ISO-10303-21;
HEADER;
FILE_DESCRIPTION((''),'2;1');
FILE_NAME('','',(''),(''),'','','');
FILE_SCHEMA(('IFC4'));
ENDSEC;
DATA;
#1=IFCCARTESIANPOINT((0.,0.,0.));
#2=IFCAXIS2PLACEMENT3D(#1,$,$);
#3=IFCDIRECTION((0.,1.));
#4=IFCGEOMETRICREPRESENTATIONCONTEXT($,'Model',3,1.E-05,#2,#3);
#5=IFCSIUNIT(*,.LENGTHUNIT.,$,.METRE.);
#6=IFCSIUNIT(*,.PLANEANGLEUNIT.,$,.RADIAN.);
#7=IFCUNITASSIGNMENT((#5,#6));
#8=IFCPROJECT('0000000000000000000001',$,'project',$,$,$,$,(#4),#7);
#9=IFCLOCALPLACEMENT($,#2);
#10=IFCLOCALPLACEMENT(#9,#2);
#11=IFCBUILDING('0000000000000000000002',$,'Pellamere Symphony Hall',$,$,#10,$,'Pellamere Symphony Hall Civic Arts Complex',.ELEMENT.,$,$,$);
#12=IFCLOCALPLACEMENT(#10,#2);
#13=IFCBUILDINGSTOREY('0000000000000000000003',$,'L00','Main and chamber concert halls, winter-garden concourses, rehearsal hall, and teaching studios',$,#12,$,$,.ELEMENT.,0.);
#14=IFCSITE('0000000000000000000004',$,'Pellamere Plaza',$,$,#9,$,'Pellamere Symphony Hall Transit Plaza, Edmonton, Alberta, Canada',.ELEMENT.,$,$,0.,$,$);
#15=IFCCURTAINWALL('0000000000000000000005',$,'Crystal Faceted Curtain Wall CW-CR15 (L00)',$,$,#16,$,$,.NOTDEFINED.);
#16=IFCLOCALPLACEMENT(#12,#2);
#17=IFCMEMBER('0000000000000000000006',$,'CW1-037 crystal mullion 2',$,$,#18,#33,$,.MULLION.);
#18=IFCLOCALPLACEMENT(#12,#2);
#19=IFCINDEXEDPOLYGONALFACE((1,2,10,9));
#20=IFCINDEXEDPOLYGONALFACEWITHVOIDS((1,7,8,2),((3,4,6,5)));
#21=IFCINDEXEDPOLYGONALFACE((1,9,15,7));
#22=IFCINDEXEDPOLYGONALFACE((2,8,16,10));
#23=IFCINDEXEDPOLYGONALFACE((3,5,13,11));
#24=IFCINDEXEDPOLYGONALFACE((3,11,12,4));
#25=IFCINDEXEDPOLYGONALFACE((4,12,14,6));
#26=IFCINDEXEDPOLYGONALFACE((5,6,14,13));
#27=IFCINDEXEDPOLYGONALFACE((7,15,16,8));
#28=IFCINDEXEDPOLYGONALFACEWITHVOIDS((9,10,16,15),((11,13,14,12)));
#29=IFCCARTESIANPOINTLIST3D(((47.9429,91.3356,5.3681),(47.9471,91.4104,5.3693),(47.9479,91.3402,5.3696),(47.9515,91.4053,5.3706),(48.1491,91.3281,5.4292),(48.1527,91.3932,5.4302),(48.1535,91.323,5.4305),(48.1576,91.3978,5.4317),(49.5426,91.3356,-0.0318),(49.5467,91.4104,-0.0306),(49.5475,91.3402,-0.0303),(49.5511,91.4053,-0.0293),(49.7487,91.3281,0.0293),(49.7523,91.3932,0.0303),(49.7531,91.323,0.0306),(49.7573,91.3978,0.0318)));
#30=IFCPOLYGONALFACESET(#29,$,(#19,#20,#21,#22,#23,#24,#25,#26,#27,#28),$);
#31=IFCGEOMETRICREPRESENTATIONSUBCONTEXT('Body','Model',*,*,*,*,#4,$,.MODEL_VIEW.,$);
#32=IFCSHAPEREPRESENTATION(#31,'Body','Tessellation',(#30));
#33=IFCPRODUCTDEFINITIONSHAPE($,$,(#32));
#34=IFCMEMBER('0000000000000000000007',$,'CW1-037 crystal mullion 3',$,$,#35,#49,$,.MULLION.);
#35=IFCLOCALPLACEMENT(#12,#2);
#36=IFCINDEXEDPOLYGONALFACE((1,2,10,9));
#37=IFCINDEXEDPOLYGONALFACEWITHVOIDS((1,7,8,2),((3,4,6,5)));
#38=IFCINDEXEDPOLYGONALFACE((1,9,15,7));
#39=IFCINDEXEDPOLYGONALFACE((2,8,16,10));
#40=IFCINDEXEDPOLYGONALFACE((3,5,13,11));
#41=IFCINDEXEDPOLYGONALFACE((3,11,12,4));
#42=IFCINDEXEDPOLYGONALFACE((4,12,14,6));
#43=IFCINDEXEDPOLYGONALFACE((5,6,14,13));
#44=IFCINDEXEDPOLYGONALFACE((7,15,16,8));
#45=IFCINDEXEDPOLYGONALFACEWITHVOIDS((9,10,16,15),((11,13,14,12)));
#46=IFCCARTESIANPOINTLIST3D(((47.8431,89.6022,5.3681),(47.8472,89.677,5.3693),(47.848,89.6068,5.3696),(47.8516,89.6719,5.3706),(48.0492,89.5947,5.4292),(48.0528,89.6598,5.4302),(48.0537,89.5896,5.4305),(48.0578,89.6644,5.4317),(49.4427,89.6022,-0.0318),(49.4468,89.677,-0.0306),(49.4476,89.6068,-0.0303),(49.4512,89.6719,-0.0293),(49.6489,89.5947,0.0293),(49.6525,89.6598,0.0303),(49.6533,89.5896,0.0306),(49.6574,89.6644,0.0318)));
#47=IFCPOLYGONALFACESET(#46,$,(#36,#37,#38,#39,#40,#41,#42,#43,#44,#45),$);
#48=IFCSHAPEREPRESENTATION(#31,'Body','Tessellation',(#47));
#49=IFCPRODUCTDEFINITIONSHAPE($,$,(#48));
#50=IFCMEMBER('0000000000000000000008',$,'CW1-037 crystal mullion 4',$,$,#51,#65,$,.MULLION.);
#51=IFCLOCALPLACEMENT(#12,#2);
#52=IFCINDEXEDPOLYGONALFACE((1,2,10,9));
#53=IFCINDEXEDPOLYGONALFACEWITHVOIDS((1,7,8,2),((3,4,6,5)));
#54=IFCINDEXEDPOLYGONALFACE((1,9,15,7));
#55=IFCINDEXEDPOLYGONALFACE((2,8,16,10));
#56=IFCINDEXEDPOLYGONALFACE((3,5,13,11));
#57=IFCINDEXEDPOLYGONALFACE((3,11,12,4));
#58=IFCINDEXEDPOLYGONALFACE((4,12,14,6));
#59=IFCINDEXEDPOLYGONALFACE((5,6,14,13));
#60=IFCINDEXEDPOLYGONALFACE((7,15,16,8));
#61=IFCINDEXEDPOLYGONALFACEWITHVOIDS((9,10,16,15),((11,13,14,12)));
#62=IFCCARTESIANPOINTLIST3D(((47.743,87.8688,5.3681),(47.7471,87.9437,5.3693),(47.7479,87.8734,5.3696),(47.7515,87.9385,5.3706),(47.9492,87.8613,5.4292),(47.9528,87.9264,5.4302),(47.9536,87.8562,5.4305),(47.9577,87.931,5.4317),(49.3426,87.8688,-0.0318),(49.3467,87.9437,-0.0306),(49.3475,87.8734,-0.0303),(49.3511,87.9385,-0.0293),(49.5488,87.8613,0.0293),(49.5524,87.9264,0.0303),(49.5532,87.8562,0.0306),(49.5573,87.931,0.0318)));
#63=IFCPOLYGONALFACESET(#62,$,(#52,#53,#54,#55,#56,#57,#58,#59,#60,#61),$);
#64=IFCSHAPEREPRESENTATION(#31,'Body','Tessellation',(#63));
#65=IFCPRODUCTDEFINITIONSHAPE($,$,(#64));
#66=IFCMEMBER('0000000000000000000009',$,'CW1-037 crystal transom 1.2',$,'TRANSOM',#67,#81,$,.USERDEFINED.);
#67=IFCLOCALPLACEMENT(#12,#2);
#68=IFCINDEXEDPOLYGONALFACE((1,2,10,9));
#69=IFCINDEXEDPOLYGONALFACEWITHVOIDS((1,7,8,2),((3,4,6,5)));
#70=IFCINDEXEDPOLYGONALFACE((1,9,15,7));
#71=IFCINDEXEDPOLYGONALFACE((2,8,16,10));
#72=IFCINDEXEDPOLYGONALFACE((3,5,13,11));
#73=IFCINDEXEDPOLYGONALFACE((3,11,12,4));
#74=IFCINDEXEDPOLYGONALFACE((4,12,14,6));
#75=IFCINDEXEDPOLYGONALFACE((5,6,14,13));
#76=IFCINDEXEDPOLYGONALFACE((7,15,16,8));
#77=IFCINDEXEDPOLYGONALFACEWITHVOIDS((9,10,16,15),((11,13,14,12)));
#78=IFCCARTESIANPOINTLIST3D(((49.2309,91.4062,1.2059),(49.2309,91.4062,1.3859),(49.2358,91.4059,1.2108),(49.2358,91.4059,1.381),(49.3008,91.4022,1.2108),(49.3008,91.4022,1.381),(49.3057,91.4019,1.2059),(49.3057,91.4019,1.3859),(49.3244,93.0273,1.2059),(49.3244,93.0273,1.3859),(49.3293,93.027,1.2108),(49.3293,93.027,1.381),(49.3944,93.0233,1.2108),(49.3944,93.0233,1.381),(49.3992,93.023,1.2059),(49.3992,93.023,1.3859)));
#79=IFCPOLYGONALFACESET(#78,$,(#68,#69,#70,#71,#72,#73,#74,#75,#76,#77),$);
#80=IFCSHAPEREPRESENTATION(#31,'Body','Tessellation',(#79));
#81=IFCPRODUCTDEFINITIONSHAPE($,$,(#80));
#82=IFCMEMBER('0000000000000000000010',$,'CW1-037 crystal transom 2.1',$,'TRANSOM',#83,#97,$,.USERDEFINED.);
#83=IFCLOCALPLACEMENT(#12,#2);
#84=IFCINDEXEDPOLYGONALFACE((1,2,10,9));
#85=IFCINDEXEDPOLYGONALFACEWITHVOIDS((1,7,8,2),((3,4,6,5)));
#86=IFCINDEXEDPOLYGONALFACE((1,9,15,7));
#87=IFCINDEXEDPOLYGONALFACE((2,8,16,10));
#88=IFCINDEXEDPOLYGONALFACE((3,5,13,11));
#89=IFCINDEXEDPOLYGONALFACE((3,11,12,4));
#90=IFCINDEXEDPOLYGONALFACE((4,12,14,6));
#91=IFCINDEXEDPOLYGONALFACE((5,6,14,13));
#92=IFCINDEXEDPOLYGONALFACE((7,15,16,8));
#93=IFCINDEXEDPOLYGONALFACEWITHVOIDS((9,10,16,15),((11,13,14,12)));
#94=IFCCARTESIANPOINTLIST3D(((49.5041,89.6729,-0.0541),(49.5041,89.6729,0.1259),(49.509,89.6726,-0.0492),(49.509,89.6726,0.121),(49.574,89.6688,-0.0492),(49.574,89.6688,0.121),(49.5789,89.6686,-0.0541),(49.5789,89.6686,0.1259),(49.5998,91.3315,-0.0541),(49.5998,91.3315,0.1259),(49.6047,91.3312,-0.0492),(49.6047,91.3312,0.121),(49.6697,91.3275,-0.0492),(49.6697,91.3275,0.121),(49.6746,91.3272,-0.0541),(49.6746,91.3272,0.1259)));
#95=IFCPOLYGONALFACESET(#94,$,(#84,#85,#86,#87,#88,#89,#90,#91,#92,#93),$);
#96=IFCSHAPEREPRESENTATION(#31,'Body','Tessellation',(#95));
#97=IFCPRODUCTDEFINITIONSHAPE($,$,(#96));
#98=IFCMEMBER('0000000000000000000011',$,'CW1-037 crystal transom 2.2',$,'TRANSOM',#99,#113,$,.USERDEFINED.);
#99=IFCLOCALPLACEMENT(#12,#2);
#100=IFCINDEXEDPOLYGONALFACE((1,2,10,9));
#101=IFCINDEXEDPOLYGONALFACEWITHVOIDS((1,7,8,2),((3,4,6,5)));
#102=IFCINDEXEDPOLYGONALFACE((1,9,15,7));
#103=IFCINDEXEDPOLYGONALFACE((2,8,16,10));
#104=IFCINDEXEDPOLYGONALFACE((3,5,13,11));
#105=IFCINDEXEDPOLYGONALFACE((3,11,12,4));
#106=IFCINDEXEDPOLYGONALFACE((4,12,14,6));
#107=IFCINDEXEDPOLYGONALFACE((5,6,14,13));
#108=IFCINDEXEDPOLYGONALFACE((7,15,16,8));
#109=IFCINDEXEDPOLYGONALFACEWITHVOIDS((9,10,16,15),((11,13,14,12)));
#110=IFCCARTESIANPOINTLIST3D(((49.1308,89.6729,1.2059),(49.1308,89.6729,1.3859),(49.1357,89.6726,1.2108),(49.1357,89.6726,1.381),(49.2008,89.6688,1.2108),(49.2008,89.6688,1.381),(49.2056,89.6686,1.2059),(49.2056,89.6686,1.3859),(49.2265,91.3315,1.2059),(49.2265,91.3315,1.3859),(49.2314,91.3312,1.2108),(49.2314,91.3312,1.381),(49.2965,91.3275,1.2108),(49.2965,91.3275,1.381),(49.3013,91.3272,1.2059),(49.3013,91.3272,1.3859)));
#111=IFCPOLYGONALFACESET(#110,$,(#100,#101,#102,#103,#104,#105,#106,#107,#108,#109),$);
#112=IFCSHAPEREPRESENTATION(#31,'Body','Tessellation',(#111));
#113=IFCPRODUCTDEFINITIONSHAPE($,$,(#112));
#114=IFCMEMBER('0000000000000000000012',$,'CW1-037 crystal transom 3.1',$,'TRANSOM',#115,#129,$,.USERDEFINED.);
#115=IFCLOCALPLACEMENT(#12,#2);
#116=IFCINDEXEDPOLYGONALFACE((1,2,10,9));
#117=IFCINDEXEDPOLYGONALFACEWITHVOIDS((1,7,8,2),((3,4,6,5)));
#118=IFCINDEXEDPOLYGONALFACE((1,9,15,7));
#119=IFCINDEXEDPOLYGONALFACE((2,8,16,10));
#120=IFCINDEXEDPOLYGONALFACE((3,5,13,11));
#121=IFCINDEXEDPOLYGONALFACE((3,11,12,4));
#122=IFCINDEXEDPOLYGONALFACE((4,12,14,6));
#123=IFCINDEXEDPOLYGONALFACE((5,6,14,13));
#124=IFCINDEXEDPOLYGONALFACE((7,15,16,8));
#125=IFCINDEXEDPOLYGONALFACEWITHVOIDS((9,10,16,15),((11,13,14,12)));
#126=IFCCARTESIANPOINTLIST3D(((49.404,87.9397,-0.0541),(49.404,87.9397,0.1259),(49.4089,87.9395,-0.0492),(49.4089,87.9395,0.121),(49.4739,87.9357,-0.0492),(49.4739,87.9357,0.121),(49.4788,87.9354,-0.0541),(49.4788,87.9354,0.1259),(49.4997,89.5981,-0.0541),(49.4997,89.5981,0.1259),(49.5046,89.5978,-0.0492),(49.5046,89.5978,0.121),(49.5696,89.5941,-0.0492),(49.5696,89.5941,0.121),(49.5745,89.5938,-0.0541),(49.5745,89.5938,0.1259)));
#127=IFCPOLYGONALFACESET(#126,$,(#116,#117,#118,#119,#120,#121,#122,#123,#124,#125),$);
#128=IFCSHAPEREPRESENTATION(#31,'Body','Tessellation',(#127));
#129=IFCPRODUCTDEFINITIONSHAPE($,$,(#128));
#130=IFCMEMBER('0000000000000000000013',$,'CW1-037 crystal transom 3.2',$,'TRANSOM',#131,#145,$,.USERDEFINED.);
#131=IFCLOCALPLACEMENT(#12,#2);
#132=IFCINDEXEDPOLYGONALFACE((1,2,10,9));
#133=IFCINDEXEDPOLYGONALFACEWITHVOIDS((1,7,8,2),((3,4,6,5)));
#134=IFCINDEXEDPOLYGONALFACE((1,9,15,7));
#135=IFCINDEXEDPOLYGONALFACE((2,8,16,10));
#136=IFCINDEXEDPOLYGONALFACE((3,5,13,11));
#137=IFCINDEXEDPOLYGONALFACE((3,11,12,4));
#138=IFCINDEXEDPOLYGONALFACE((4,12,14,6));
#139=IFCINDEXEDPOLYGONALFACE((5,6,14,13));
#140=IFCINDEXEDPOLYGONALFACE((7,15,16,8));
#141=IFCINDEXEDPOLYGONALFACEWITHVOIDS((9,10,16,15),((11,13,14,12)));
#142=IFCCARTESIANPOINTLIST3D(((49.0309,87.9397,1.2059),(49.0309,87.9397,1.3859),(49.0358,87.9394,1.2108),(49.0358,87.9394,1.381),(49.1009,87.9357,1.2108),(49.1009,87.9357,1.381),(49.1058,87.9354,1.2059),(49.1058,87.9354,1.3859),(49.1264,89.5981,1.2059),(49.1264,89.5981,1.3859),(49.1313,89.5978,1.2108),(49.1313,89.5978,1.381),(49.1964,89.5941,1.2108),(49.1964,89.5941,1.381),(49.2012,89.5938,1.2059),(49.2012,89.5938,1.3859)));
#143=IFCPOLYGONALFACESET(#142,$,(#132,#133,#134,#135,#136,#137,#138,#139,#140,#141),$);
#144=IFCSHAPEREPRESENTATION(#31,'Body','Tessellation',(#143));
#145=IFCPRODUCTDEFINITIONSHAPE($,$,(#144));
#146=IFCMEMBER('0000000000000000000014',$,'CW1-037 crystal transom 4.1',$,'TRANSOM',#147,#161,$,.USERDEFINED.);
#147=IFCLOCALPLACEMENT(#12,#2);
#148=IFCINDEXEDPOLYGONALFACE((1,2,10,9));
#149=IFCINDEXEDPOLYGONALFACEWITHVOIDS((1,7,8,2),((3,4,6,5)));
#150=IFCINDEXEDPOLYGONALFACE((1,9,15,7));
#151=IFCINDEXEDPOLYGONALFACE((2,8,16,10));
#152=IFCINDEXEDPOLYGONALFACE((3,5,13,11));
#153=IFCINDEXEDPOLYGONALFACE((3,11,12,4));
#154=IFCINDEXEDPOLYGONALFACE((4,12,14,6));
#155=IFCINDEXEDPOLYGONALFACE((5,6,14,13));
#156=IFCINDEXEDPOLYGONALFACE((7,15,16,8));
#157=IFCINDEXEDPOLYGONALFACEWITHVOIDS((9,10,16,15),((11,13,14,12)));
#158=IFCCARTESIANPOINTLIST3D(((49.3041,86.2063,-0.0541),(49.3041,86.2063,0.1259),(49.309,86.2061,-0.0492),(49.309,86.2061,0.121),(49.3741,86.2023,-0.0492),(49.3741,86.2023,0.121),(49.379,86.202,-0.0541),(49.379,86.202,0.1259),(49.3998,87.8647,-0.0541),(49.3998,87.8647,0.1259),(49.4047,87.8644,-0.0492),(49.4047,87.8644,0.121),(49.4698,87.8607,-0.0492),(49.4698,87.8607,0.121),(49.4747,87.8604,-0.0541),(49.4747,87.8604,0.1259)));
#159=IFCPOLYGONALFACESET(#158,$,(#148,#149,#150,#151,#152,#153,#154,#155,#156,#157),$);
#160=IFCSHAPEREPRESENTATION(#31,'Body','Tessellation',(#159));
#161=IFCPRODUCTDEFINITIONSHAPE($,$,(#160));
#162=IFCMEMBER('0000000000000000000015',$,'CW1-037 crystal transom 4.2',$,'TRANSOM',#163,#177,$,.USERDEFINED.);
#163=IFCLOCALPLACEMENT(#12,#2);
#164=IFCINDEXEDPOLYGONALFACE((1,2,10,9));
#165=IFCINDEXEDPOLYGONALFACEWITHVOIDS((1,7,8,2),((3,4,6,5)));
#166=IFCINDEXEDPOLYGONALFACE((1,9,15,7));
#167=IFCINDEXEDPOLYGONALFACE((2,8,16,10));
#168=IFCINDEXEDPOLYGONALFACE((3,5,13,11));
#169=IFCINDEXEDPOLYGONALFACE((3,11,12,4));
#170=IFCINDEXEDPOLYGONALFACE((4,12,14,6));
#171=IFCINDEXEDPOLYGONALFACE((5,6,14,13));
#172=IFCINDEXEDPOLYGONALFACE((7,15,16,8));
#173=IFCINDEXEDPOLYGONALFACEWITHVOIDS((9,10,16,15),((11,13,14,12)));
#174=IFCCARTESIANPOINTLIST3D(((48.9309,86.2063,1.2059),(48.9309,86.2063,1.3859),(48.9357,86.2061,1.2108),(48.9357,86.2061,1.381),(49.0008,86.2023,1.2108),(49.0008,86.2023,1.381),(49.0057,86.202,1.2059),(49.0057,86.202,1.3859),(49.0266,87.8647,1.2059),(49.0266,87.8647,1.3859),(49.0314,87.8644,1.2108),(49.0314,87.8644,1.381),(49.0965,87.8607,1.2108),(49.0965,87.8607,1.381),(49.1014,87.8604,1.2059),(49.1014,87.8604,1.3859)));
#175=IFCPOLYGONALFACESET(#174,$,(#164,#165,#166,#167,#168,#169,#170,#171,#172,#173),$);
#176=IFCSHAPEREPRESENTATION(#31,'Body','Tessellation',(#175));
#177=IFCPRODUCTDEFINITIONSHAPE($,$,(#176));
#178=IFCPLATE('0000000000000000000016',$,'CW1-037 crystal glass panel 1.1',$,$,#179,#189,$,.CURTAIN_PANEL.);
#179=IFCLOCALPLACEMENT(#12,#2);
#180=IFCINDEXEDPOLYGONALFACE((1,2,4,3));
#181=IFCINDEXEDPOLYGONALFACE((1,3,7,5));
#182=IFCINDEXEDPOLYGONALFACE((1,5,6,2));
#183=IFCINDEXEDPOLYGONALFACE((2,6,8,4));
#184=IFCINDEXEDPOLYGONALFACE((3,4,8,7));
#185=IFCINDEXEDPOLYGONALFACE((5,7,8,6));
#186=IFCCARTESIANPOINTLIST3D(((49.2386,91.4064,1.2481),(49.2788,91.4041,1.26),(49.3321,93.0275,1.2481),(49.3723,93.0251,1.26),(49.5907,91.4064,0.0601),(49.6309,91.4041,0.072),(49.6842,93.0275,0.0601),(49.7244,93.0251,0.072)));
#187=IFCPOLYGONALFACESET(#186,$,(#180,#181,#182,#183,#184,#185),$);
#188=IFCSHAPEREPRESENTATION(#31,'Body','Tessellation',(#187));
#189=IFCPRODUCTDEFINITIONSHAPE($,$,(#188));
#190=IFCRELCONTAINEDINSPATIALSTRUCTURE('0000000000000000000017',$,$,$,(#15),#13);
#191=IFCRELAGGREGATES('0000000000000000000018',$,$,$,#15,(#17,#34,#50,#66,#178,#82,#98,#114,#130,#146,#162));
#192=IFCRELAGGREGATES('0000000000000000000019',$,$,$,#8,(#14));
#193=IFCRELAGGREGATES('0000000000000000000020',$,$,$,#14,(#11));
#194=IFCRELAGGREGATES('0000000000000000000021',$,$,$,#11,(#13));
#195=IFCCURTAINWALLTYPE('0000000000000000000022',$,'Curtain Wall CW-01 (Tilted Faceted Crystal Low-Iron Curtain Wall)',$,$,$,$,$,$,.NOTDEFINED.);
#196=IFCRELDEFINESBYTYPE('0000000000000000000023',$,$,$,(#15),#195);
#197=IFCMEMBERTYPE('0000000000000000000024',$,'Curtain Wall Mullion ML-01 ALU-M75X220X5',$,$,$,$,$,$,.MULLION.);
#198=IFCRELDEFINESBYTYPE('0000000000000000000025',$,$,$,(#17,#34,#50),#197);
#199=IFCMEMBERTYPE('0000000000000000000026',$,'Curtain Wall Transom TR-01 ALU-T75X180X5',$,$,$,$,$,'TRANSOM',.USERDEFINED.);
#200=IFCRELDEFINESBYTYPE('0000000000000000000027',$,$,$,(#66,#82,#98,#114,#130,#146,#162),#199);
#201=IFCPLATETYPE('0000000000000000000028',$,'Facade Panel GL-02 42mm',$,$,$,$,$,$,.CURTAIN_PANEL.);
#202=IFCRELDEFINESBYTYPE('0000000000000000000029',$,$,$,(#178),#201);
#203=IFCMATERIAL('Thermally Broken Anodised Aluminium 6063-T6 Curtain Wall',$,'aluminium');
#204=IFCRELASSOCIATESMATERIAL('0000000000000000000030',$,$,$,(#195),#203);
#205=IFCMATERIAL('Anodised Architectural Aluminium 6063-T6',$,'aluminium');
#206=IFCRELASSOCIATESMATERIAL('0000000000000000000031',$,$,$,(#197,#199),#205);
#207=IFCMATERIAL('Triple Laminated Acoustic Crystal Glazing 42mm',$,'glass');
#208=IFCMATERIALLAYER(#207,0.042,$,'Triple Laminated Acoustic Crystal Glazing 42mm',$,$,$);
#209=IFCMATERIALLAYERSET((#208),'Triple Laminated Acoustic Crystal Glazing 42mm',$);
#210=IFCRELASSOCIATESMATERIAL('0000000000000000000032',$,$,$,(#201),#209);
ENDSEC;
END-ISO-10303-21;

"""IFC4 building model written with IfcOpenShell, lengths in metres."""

from ifc_helpers import new_model, si_unit, direction, frame, origin, origin_2d, place, context, subcontext, project, spatial, polyline, hollow_rectangle, outline, extrude, material, layer, layer_set, material_profile, profile_set, type_object, element, aggregate, save


model = new_model("IFC4")

# Units and contexts
model_context = context("Model", 3, precision=1e-05, world=origin(), true_north=direction((0.0, 1.0)))
body_context = subcontext(model_context, "Body", "Model", "MODEL_VIEW")
ifc_project = project(units=[si_unit("LENGTHUNIT", "METRE"), si_unit("PLANEANGLEUNIT", "RADIAN")], contexts=[model_context])

# Site, building, storey
site_placement = place(None, origin())
site = spatial("IfcSite", under=ifc_project, at=site_placement, Name="Pellamere Plaza", LongName="Pellamere Symphony Hall Transit Plaza, Edmonton, Alberta, Canada", CompositionType="ELEMENT", RefElevation=0.0)
building_placement = place(site_placement, origin())
building = spatial("IfcBuilding", under=site, at=building_placement, Name="Pellamere Symphony Hall", LongName="Pellamere Symphony Hall Civic Arts Complex", CompositionType="ELEMENT")
storey_placement = place(building_placement, origin())
storey = spatial("IfcBuildingStorey", under=building, at=storey_placement, Name="L00", Description="Main and chamber concert halls, winter-garden concourses, rehearsal hall, and teaching studios", CompositionType="ELEMENT", Elevation=0.0)

# Curtain wall, members, plate
ifc_material_1 = material(Name="Thermally Broken Anodised Aluminium 6063-T6 Curtain Wall", Category="aluminium")
curtain_wall_type = type_object("IfcCurtainWallType", Name="Curtain Wall CW-01 (Tilted Faceted Crystal Low-Iron Curtain Wall)", PredefinedType="NOTDEFINED", material=ifc_material_1)
curtain_wall_placement = place(storey_placement, origin())
curtain_wall = element("IfcCurtainWall", 1, at=curtain_wall_placement, inside=storey, type_object=curtain_wall_type, Name="Crystal Faceted Curtain Wall CW-CR15 (L00)", PredefinedType="NOTDEFINED")
ifc_material_2 = material(Name="Anodised Architectural Aluminium 6063-T6", Category="aluminium")
ifc_material_profile_1 = material_profile(ifc_material_2, hollow_rectangle(XDim=0.075, YDim=0.22, WallThickness=0.0049, at=origin_2d()), Name="ALU-M75X220X5")
ifc_profile_set_1 = profile_set([ifc_material_profile_1], Name="Anodised Architectural Aluminium 6063-T6")
member_type_1 = type_object("IfcMemberType", Name="Curtain Wall Mullion ML-01 ALU-M75X220X5", PredefinedType="MULLION", material=ifc_profile_set_1)
member_1_placement = place(storey_placement, frame((49.6499, 91.3667, 0.0), z_axis=(-0.284029, 0.0, 0.958816), x_axis=(-0.055224, -0.99834, -0.016359)))
member_1 = element("IfcMember", 2, at=member_1_placement, type_object=member_type_1, Name="CW1-037 crystal mullion 2", PredefinedType="MULLION", context=body_context, shape_type="SweptSolid", body=[
    extrude(hollow_rectangle(XDim=0.075, YDim=0.22, WallThickness=0.0049, at=origin_2d()), origin(), (0.0, 0.0, 1.0), 5.6318),
])
member_2_placement = place(storey_placement, frame((49.55, 89.6333, 0.0), z_axis=(-0.284029, 0.0, 0.958816), x_axis=(-0.055224, -0.99834, -0.016359)))
member_2 = element("IfcMember", 3, at=member_2_placement, type_object=member_type_1, Name="CW1-037 crystal mullion 3", PredefinedType="MULLION", context=body_context, shape_type="SweptSolid", body=[
    extrude(hollow_rectangle(XDim=0.075, YDim=0.22, WallThickness=0.0049, at=origin_2d()), origin(), (0.0, 0.0, 1.0), 5.6318),
])
member_3_placement = place(storey_placement, frame((49.45, 87.8999, 0.0), z_axis=(-0.284029, 0.0, 0.958816), x_axis=(-0.055224, -0.99834, -0.016359)))
member_3 = element("IfcMember", 4, at=member_3_placement, type_object=member_type_1, Name="CW1-037 crystal mullion 4", PredefinedType="MULLION", context=body_context, shape_type="SweptSolid", body=[
    extrude(hollow_rectangle(XDim=0.075, YDim=0.22, WallThickness=0.0049, at=origin_2d()), origin(), (0.0, 0.0, 1.0), 5.6318),
])
ifc_material_profile_2 = material_profile(ifc_material_2, hollow_rectangle(XDim=0.075, YDim=0.1799, WallThickness=0.0049, at=origin_2d()), Name="ALU-T75X180X5")
ifc_profile_set_2 = profile_set([ifc_material_profile_2], Name="Anodised Architectural Aluminium 6063-T6")
member_type_2 = type_object("IfcMemberType", Name="Curtain Wall Transom TR-01 ALU-T75X180X5", ElementType="TRANSOM", PredefinedType="USERDEFINED", material=ifc_profile_set_2)
member_4_placement = place(storey_placement, frame((49.3618, 93.0251, 1.2959), z_axis=(-0.057585, -0.998341, 0.0), x_axis=(0.998341, -0.057585, 0.0)))
member_4 = element("IfcMember", 5, at=member_4_placement, type_object=member_type_2, Name="CW1-037 crystal transom 1.2", ObjectType="TRANSOM", PredefinedType="USERDEFINED", context=body_context, shape_type="SweptSolid", body=[
    extrude(hollow_rectangle(XDim=0.075, YDim=0.1799, WallThickness=0.0049, at=origin_2d()), origin(), (0.0, 0.0, 1.0), 1.6238),
])
member_5_placement = place(storey_placement, frame((49.6372, 91.3293, 0.0359), z_axis=(-0.057602, -0.99834, 0.0), x_axis=(0.99834, -0.057602, 0.0)))
member_5 = element("IfcMember", 6, at=member_5_placement, type_object=member_type_2, Name="CW1-037 crystal transom 2.1", ObjectType="TRANSOM", PredefinedType="USERDEFINED", context=body_context, shape_type="SweptSolid", body=[
    extrude(hollow_rectangle(XDim=0.075, YDim=0.1799, WallThickness=0.0049, at=origin_2d()), origin(), (0.0, 0.0, 1.0), 1.6614),
])
member_6_placement = place(storey_placement, frame((49.2639, 91.3293, 1.2959), z_axis=(-0.057602, -0.99834, 0.0), x_axis=(0.99834, -0.057602, 0.0)))
member_6 = element("IfcMember", 7, at=member_6_placement, type_object=member_type_2, Name="CW1-037 crystal transom 2.2", ObjectType="TRANSOM", PredefinedType="USERDEFINED", context=body_context, shape_type="SweptSolid", body=[
    extrude(hollow_rectangle(XDim=0.075, YDim=0.1799, WallThickness=0.0049, at=origin_2d()), origin(), (0.0, 0.0, 1.0), 1.6614),
])
member_7_placement = place(storey_placement, frame((49.5371, 89.5959, 0.0359), z_axis=(-0.057611, -0.998339, 0.0), x_axis=(0.998339, -0.057611, 0.0)))
member_7 = element("IfcMember", 8, at=member_7_placement, type_object=member_type_2, Name="CW1-037 crystal transom 3.1", ObjectType="TRANSOM", PredefinedType="USERDEFINED", context=body_context, shape_type="SweptSolid", body=[
    extrude(hollow_rectangle(XDim=0.075, YDim=0.1799, WallThickness=0.0049, at=origin_2d()), origin(), (0.0, 0.0, 1.0), 1.6611),
])
member_8_placement = place(storey_placement, frame((49.1638, 89.5959, 1.2959), z_axis=(-0.057464, -0.998348, 0.0), x_axis=(0.998348, -0.057464, 0.0)))
member_8 = element("IfcMember", 9, at=member_8_placement, type_object=member_type_2, Name="CW1-037 crystal transom 3.2", ObjectType="TRANSOM", PredefinedType="USERDEFINED", context=body_context, shape_type="SweptSolid", body=[
    extrude(hollow_rectangle(XDim=0.075, YDim=0.1799, WallThickness=0.0049, at=origin_2d()), origin(), (0.0, 0.0, 1.0), 1.6611),
])
member_9_placement = place(storey_placement, frame((49.4373, 87.8625, 0.0359), z_axis=(-0.057611, -0.998339, 0.0), x_axis=(0.998339, -0.057611, 0.0)))
member_9 = element("IfcMember", 10, at=member_9_placement, type_object=member_type_2, Name="CW1-037 crystal transom 4.1", ObjectType="TRANSOM", PredefinedType="USERDEFINED", context=body_context, shape_type="SweptSolid", body=[
    extrude(hollow_rectangle(XDim=0.075, YDim=0.1799, WallThickness=0.0049, at=origin_2d()), origin(), (0.0, 0.0, 1.0), 1.6611),
])
member_10_placement = place(storey_placement, frame((49.064, 87.8625, 1.2959), z_axis=(-0.057611, -0.998339, 0.0), x_axis=(0.998339, -0.057611, 0.0)))
member_10 = element("IfcMember", 11, at=member_10_placement, type_object=member_type_2, Name="CW1-037 crystal transom 4.2", ObjectType="TRANSOM", PredefinedType="USERDEFINED", context=body_context, shape_type="SweptSolid", body=[
    extrude(hollow_rectangle(XDim=0.075, YDim=0.1799, WallThickness=0.0049, at=origin_2d()), origin(), (0.0, 0.0, 1.0), 1.6611),
])
ifc_material_3 = material(Name="Triple Laminated Acoustic Crystal Glazing 42mm", Category="glass")
ifc_layer = layer(ifc_material_3, 0.042, Name="Triple Laminated Acoustic Crystal Glazing 42mm")
ifc_layer_set = layer_set([ifc_layer], Name="Triple Laminated Acoustic Crystal Glazing 42mm")
plate_type = type_object("IfcPlateType", Name="Facade Panel GL-02 42mm", PredefinedType="CURTAIN_PANEL", material=ifc_layer_set)
plate_1_placement = place(storey_placement, frame((49.7244, 93.0251, 0.072), z_axis=(0.957323, -0.055219, 0.283695), x_axis=(-0.057585, -0.998341, 0.0)))
plate_1 = element("IfcPlate", 12, at=plate_1_placement, type_object=plate_type, Name="CW1-037 crystal glass panel 1.1", PredefinedType="CURTAIN_PANEL", context=body_context, shape_type="SweptSolid", body=[
    extrude(outline(polyline([(0.0, 0.0), (1.6238, 0.0), (1.6441, -1.2389), (0.0203, -1.2389), (0.0, 0.0)])), origin(), (0.0, 0.0, -1.0), 0.042),
])
aggregate(curtain_wall, [member_1, member_2, member_3, member_4, plate_1, member_5, member_6, member_7, member_8, member_9, member_10])

save(model, "model.ifc")
